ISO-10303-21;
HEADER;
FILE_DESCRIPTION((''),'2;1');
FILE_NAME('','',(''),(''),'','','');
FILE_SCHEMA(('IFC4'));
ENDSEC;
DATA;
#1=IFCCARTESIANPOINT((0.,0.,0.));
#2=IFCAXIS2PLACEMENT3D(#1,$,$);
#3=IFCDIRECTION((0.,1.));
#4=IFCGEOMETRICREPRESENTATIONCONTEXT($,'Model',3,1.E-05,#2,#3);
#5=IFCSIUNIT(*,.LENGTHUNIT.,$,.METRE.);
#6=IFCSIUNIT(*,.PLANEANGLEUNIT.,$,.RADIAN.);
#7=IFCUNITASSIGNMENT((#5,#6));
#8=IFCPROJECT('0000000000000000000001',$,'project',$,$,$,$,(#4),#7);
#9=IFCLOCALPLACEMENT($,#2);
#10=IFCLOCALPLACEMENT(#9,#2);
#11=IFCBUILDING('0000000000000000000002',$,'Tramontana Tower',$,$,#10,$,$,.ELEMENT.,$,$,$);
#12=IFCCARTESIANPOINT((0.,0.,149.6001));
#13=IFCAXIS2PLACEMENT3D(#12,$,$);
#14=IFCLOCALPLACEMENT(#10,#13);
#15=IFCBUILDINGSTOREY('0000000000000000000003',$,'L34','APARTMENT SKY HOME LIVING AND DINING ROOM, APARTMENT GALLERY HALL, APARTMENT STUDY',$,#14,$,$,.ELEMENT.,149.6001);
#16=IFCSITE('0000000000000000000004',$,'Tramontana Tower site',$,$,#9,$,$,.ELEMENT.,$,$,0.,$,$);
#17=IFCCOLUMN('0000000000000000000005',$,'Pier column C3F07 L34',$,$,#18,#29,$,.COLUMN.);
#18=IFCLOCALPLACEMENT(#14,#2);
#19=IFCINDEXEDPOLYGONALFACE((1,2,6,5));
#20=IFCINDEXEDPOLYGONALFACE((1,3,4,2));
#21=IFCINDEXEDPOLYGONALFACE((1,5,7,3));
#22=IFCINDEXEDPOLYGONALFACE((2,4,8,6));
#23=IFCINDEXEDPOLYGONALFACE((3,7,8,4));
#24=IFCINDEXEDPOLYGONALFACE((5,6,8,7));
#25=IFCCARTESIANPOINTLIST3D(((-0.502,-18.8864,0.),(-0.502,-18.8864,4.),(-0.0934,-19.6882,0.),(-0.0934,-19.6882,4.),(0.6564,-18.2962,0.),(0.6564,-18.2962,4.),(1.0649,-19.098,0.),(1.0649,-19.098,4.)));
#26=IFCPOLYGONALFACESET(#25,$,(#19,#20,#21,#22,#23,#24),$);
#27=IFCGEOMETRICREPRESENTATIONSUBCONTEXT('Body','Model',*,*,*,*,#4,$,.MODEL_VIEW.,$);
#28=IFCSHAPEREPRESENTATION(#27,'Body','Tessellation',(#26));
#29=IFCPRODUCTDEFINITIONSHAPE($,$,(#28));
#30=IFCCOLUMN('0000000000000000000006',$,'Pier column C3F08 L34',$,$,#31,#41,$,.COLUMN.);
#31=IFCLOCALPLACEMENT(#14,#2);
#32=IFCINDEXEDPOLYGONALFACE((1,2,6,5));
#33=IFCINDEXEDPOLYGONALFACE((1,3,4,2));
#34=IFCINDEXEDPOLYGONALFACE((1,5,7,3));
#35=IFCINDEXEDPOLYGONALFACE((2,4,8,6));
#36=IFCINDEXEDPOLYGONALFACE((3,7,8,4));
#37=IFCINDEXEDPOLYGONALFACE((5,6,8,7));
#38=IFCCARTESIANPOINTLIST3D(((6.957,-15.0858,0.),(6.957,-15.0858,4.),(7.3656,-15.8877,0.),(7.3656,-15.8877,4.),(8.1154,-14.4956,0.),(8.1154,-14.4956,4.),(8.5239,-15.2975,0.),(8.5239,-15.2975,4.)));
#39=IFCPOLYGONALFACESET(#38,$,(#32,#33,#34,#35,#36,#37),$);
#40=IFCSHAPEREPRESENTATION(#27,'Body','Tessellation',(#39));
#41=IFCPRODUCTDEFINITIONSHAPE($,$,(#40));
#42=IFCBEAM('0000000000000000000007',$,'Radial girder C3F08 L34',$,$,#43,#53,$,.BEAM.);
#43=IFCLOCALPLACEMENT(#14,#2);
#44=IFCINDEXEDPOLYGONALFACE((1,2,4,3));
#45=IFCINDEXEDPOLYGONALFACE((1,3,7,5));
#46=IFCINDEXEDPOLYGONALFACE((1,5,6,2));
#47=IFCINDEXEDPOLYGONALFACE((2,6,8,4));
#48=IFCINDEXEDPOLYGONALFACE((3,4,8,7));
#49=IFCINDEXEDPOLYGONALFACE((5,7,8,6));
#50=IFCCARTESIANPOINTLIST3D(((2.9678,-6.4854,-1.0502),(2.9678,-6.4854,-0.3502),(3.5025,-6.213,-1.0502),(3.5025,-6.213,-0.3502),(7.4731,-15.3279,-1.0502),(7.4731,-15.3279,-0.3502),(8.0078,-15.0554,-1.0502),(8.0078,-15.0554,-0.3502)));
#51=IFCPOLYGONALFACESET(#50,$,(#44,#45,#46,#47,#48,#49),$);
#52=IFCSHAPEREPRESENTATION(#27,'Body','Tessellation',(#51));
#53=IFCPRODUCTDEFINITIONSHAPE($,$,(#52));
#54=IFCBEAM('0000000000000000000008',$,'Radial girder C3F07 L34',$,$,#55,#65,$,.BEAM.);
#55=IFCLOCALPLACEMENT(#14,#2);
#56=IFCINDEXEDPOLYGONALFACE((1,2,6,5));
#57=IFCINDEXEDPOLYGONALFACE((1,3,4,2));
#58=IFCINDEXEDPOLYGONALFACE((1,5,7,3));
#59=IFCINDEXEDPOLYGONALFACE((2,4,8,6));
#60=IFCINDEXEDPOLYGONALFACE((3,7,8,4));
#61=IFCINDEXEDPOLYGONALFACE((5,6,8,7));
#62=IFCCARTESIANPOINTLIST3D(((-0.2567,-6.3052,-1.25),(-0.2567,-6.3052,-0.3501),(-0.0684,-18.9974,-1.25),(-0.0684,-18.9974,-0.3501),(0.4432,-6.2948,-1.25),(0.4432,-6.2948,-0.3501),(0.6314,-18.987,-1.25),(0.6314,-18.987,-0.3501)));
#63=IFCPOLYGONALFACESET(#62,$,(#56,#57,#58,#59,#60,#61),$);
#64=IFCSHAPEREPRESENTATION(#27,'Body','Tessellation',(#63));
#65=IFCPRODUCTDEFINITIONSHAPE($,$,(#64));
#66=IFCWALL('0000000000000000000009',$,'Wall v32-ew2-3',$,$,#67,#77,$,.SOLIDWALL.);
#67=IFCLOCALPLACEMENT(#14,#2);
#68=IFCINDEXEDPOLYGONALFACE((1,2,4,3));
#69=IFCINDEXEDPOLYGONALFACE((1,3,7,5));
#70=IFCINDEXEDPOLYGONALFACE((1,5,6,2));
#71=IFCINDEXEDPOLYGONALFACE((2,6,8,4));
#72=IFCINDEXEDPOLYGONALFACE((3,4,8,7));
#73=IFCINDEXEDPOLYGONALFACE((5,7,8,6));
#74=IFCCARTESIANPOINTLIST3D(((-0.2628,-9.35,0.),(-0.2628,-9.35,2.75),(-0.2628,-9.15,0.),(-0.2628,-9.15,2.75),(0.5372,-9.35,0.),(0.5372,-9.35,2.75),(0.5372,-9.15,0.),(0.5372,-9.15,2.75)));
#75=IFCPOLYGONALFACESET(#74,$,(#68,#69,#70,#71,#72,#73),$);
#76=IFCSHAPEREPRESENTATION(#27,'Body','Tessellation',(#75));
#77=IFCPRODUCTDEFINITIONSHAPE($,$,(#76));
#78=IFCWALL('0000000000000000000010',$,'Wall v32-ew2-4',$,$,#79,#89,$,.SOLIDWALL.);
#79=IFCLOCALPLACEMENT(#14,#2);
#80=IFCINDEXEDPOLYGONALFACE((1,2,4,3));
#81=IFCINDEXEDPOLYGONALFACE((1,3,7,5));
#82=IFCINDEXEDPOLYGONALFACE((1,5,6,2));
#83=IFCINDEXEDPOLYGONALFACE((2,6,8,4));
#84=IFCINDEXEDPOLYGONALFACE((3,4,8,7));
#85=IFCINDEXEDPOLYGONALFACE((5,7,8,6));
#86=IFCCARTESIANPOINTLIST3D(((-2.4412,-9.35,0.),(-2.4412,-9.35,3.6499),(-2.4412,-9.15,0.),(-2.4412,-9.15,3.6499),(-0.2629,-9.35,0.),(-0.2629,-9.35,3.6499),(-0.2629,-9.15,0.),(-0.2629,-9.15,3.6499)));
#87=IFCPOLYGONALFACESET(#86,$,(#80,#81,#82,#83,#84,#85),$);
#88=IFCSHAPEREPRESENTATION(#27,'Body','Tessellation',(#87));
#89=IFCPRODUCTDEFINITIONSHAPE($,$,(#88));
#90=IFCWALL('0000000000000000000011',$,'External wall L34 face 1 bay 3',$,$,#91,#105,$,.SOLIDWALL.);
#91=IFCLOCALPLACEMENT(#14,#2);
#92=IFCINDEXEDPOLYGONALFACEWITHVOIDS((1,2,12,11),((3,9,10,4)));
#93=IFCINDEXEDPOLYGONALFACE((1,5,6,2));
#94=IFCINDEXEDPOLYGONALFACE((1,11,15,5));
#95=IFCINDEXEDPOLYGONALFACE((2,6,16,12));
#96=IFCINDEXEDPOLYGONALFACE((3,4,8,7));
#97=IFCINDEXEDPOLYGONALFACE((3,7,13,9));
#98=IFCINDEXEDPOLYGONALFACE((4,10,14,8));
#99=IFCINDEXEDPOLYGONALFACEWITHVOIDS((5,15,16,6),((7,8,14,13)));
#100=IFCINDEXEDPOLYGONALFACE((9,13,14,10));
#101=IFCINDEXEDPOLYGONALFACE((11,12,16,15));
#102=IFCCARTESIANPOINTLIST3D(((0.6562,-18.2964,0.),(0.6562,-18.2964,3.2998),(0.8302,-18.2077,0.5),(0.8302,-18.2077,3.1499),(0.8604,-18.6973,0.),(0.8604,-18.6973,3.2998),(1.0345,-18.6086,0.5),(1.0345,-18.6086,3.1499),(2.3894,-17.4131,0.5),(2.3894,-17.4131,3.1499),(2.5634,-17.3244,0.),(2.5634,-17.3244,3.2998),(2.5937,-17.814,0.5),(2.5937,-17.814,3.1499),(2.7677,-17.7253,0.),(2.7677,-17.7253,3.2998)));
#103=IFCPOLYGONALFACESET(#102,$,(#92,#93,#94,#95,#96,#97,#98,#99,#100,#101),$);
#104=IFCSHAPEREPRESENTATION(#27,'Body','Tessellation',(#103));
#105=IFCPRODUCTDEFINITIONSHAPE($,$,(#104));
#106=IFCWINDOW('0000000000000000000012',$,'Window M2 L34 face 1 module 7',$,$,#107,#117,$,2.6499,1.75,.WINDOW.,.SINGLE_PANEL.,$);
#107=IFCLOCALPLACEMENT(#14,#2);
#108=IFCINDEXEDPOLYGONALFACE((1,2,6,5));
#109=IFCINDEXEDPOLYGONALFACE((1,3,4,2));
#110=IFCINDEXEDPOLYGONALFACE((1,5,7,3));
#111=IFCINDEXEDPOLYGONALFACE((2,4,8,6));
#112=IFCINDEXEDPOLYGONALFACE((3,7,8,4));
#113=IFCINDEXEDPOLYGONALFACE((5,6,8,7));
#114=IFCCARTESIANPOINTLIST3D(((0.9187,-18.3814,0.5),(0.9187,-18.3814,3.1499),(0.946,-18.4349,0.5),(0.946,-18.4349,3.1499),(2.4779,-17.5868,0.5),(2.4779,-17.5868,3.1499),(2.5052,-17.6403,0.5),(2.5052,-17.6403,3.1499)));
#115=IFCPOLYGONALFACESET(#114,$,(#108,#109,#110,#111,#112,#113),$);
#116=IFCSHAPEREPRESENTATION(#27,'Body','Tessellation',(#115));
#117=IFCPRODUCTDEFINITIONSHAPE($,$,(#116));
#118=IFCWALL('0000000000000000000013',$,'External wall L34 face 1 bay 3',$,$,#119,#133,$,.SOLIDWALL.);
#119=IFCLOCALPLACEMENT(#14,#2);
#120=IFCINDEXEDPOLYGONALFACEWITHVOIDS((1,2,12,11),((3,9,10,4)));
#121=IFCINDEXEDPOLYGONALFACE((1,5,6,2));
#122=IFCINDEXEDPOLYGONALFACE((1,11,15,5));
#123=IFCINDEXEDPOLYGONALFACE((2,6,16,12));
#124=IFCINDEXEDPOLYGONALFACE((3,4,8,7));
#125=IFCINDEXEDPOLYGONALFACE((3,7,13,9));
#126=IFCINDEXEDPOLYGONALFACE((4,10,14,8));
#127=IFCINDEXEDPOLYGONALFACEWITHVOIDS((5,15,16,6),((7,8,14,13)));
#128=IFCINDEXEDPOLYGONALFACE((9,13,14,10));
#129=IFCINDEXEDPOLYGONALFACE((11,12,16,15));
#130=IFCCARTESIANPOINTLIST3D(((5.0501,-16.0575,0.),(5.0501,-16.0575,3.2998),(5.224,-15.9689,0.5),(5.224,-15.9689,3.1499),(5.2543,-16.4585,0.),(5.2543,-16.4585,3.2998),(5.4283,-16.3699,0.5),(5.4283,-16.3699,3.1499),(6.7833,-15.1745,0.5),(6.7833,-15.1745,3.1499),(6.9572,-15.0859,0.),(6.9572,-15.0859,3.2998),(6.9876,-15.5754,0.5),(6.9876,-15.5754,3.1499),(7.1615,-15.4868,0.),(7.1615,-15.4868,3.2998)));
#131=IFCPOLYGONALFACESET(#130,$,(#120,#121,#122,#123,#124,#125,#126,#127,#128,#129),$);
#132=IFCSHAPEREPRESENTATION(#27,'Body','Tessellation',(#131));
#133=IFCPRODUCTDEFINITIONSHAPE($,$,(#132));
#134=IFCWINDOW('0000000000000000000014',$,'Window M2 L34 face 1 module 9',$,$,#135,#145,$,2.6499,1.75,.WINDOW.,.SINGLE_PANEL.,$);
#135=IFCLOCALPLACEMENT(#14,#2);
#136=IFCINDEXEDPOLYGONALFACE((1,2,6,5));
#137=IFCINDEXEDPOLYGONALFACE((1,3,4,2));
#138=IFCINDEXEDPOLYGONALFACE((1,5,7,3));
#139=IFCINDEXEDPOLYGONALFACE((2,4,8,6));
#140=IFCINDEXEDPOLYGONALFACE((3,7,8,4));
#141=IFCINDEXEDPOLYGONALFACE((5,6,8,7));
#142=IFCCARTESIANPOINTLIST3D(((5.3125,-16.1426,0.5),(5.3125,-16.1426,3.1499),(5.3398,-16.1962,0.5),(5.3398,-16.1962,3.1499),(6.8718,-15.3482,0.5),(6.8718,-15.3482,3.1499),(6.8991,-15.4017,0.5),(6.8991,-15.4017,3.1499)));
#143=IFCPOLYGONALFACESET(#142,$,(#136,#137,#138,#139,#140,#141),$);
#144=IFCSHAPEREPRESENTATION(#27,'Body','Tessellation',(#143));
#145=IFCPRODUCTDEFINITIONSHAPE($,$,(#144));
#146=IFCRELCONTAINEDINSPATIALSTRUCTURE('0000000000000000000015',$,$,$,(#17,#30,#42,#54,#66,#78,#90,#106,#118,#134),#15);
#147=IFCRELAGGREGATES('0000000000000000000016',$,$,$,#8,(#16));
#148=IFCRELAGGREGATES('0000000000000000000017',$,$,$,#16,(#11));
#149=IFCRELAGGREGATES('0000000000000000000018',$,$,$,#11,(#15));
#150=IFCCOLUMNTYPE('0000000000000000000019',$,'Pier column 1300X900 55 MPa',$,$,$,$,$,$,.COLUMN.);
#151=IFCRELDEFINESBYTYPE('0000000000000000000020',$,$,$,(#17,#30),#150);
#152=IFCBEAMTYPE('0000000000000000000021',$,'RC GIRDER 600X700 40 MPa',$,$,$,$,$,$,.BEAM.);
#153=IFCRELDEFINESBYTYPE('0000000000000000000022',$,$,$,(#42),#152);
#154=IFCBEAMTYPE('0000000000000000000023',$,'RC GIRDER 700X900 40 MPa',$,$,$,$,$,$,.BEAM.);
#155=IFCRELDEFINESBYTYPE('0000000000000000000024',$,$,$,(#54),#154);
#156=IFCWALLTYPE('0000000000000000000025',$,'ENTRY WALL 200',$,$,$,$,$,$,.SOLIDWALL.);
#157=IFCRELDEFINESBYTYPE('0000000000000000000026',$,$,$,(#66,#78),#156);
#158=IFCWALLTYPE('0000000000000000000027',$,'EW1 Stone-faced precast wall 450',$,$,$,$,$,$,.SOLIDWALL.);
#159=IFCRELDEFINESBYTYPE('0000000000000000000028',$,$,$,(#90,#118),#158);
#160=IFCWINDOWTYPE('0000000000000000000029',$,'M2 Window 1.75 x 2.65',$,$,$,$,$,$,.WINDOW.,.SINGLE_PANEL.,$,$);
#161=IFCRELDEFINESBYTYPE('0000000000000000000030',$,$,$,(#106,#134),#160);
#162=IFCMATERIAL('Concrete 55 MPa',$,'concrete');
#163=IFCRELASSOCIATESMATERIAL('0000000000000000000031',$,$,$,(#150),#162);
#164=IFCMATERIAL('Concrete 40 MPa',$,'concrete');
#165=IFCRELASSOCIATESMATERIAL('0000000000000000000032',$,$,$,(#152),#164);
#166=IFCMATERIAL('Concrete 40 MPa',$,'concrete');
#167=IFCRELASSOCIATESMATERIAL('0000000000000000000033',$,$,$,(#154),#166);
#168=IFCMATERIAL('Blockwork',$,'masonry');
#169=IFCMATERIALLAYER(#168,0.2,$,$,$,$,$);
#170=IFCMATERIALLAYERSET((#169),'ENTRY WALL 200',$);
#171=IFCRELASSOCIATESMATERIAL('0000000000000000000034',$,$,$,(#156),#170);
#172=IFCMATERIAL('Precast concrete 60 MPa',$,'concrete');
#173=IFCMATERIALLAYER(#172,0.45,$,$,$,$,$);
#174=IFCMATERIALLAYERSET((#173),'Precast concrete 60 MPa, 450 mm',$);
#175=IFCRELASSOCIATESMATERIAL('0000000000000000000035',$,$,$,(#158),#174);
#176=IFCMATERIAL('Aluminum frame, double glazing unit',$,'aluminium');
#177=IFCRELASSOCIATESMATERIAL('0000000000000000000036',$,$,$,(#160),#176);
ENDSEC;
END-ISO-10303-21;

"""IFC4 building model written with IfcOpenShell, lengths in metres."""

from ifc_helpers import new_model, si_unit, direction, frame, frame_2d, origin, origin_2d, place, context, subcontext, project, spatial, rectangle, extrude, material, layer, layer_set, material_profile, profile_set, type_object, element, fill, save


model = new_model("IFC4")

# Units and contexts
model_context = context("Model", 3, precision=1e-05, world=origin(), true_north=direction((0.0, 1.0)))
body_context = subcontext(model_context, "Body", "Model", "MODEL_VIEW")
ifc_project = project(units=[si_unit("LENGTHUNIT", "METRE"), si_unit("PLANEANGLEUNIT", "RADIAN")], contexts=[model_context])

# Site, building, storey
site_placement = place(None, origin())
site = spatial("IfcSite", under=ifc_project, at=site_placement, Name="Tramontana Tower site", CompositionType="ELEMENT", RefElevation=0.0)
building_placement = place(site_placement, origin())
building = spatial("IfcBuilding", under=site, at=building_placement, Name="Tramontana Tower", CompositionType="ELEMENT")
storey_placement = place(building_placement, frame((0.0, 0.0, 149.6001)))
storey = spatial("IfcBuildingStorey", under=building, at=storey_placement, Name="L34", Description="APARTMENT SKY HOME LIVING AND DINING ROOM, APARTMENT GALLERY HALL, APARTMENT STUDY", CompositionType="ELEMENT", Elevation=149.6001)

# Columns
ifc_material_1 = material(Name="Concrete 55 MPa", Category="concrete")
ifc_material_profile_1 = material_profile(ifc_material_1, rectangle(XDim=1.3, YDim=0.8999, at=origin_2d()), Name="Pier column 1300X900 55 MPa")
ifc_profile_set_1 = profile_set([ifc_material_profile_1], Name="Concrete 55 MPa")
column_type = type_object("IfcColumnType", Name="Pier column 1300X900 55 MPa", PredefinedType="COLUMN", material=ifc_profile_set_1)
for number, where, z_axis, x_axis, name in (
    (1, (0.2815, -18.9922, 0.0), (0.0, 0.0, 1.0), (0.891007, 0.45399, 0.0), "Pier column C3F07 L34"),
    (2, (7.7405, -15.1917, 0.0), (0.0, 0.0, 1.0), (0.891007, 0.45399, 0.0), "Pier column C3F08 L34"),
):
    element("IfcColumn", number, at=place(storey_placement, frame(where, z_axis=z_axis, x_axis=x_axis)), inside=storey, type_object=column_type, Name=name, PredefinedType="COLUMN", context=body_context, shape_type="SweptSolid", body=[
        extrude(rectangle(XDim=1.3, YDim=0.8999, at=origin_2d()), origin(), (0.0, 0.0, 1.0), 4.0),
    ])

# Beams
ifc_material_2 = material(Name="Concrete 40 MPa", Category="concrete")
ifc_material_profile_2 = material_profile(ifc_material_2, rectangle(XDim=0.6001, YDim=0.7, at=origin_2d()), Name="RC GIRDER 600X700 40 MPa")
ifc_profile_set_2 = profile_set([ifc_material_profile_2], Name="Concrete 40 MPa")
beam_type_1 = type_object("IfcBeamType", Name="RC GIRDER 600X700 40 MPa", PredefinedType="BEAM", material=ifc_profile_set_2)
beam_1_placement = place(storey_placement, frame((7.7405, -15.1917, -0.7002), z_axis=(-0.453981, 0.891012, 0.0), x_axis=(-0.891012, -0.453981, 0.0)))
element("IfcBeam", 3, at=beam_1_placement, inside=storey, type_object=beam_type_1, Name="Radial girder C3F08 L34", PredefinedType="BEAM", context=body_context, shape_type="SweptSolid", body=[
    extrude(rectangle(XDim=0.6001, YDim=0.7, at=origin_2d()), origin(), (0.0, 0.0, 1.0), 9.9241),
])
ifc_material_3 = material(Name="Concrete 40 MPa", Category="concrete")
ifc_material_profile_3 = material_profile(ifc_material_3, rectangle(XDim=0.7, YDim=0.8999, at=origin_2d()), Name="RC GIRDER 700X900 40 MPa")
ifc_profile_set_3 = profile_set([ifc_material_profile_3], Name="Concrete 40 MPa")
beam_type_2 = type_object("IfcBeamType", Name="RC GIRDER 700X900 40 MPa", PredefinedType="BEAM", material=ifc_profile_set_3)
beam_2_placement = place(storey_placement, frame((0.2815, -18.9922, -0.8), z_axis=(-0.014829, 0.99989, 0.0), x_axis=(-0.99989, -0.014829, 0.0)))
element("IfcBeam", 4, at=beam_2_placement, inside=storey, type_object=beam_type_2, Name="Radial girder C3F07 L34", PredefinedType="BEAM", context=body_context, shape_type="SweptSolid", body=[
    extrude(rectangle(XDim=0.7, YDim=0.8999, at=origin_2d()), origin(), (0.0, 0.0, 1.0), 12.6936),
])

# Walls
ifc_material_4 = material(Name="Blockwork", Category="masonry")
ifc_layer_1 = layer(ifc_material_4, 0.2)
ifc_layer_set_1 = layer_set([ifc_layer_1], Name="ENTRY WALL 200")
wall_type_1 = type_object("IfcWallType", Name="ENTRY WALL 200", PredefinedType="SOLIDWALL", material=ifc_layer_set_1)
wall_1_placement = place(storey_placement, frame((0.5371, -9.25, 0.0), z_axis=(0.0, 0.0, 1.0), x_axis=(-1.0, 0.0, 0.0)))
element("IfcWall", 5, at=wall_1_placement, inside=storey, type_object=wall_type_1, Name="Wall v32-ew2-3", PredefinedType="SOLIDWALL", context=body_context, shape_type="SweptSolid", body=[
    extrude(rectangle(XDim=0.8, YDim=0.2, at=frame_2d((0.3999, 0.0))), origin(), (0.0, 0.0, 1.0), 2.75),
])
wall_2_placement = place(storey_placement, frame((-0.2629, -9.25, 0.0), z_axis=(0.0, 0.0, 1.0), x_axis=(-1.0, 0.0, 0.0)))
element("IfcWall", 6, at=wall_2_placement, inside=storey, type_object=wall_type_1, Name="Wall v32-ew2-4", PredefinedType="SOLIDWALL", context=body_context, shape_type="SweptSolid", body=[
    extrude(rectangle(XDim=2.1782, YDim=0.2, at=frame_2d((1.0891, 0.0))), origin(), (0.0, 0.0, 1.0), 3.6499),
])

# Walls, openings, windows
ifc_material_5 = material(Name="Precast concrete 60 MPa", Category="concrete")
ifc_layer_2 = layer(ifc_material_5, 0.45)
ifc_layer_set_2 = layer_set([ifc_layer_2], Name="Precast concrete 60 MPa, 450 mm")
wall_type_2 = type_object("IfcWallType", Name="EW1 Stone-faced precast wall 450", PredefinedType="SOLIDWALL", material=ifc_layer_set_2)
wall_3_placement = place(storey_placement, frame((0.7583, -18.4968, 0.0), z_axis=(0.0, 0.0, 1.0), x_axis=(0.890979, 0.454044, 0.0)))
wall_3 = element("IfcWall", 7, at=wall_3_placement, inside=storey, type_object=wall_type_2, Name="External wall L34 face 1 bay 3", PredefinedType="SOLIDWALL", context=body_context, shape_type="SweptSolid", body=[
    extrude(rectangle(XDim=2.1406, YDim=0.45, at=frame_2d((1.0703, 0.0))), origin(), (0.0, 0.0, 1.0), 3.2998),
])
opening_1_placement = place(wall_3_placement, frame((0.1953, 0.0, 0.5)))
opening_1 = element("IfcOpeningElement", 8, at=opening_1_placement, cuts=wall_3, PredefinedType="OPENING", context=body_context, shape_type="SweptSolid", body=[
    extrude(rectangle(XDim=1.75, YDim=2.6499, at=frame_2d((0.875, 1.325))), frame((0.0, 0.2349, 0.0), z_axis=(0.0, -1.0, 0.0), x_axis=(1.0, 0.0, 0.0)), (0.0, 0.0, 1.0), 0.47),
])
ifc_material_6 = material(Name="Aluminum frame, double glazing unit", Category="aluminium")
window_type = type_object("IfcWindowType", Name="M2 Window 1.75 x 2.65", PartitioningType="SINGLE_PANEL", PredefinedType="WINDOW", material=ifc_material_6)
window_1_placement = place(opening_1_placement, origin())
window_1 = element("IfcWindow", 9, at=window_1_placement, inside=storey, type_object=window_type, Name="Window M2 L34 face 1 module 7", OverallHeight=2.6499, OverallWidth=1.75, PartitioningType="SINGLE_PANEL", PredefinedType="WINDOW", context=body_context, shape_type="SweptSolid", body=[
    extrude(rectangle(XDim=1.75, YDim=2.6499, at=frame_2d((0.875, 1.325))), frame((0.0, 0.03, 0.0), z_axis=(0.0, -1.0, 0.0), x_axis=(1.0, 0.0, 0.0)), (0.0, 0.0, 1.0), 0.0601),
])
fill(opening_1, window_1)
wall_4_placement = place(storey_placement, frame((5.1521, -16.2581, 0.0), z_axis=(0.0, 0.0, 1.0), x_axis=(0.891026, 0.453953, 0.0)))
wall_4 = element("IfcWall", 10, at=wall_4_placement, inside=storey, type_object=wall_type_2, Name="External wall L34 face 1 bay 3", PredefinedType="SOLIDWALL", context=body_context, shape_type="SweptSolid", body=[
    extrude(rectangle(XDim=2.1404, YDim=0.45, at=frame_2d((1.0703, 0.0))), origin(), (0.0, 0.0, 1.0), 3.2998),
])
opening_2_placement = place(wall_4_placement, frame((0.1953, 0.0, 0.5)))
opening_2 = element("IfcOpeningElement", 11, at=opening_2_placement, cuts=wall_4, PredefinedType="OPENING", context=body_context, shape_type="SweptSolid", body=[
    extrude(rectangle(XDim=1.75, YDim=2.6499, at=frame_2d((0.875, 1.325))), frame((0.0, 0.2349, 0.0), z_axis=(0.0, -1.0, 0.0), x_axis=(1.0, 0.0, 0.0)), (0.0, 0.0, 1.0), 0.47),
])
window_2_placement = place(opening_2_placement, origin())
window_2 = element("IfcWindow", 12, at=window_2_placement, inside=storey, type_object=window_type, Name="Window M2 L34 face 1 module 9", OverallHeight=2.6499, OverallWidth=1.75, PartitioningType="SINGLE_PANEL", PredefinedType="WINDOW", context=body_context, shape_type="SweptSolid", body=[
    extrude(rectangle(XDim=1.75, YDim=2.6499, at=frame_2d((0.875, 1.325))), frame((0.0, 0.03, 0.0), z_axis=(0.0, -1.0, 0.0), x_axis=(1.0, 0.0, 0.0)), (0.0, 0.0, 1.0), 0.0601),
])
fill(opening_2, window_2)

save(model, "model.ifc")
